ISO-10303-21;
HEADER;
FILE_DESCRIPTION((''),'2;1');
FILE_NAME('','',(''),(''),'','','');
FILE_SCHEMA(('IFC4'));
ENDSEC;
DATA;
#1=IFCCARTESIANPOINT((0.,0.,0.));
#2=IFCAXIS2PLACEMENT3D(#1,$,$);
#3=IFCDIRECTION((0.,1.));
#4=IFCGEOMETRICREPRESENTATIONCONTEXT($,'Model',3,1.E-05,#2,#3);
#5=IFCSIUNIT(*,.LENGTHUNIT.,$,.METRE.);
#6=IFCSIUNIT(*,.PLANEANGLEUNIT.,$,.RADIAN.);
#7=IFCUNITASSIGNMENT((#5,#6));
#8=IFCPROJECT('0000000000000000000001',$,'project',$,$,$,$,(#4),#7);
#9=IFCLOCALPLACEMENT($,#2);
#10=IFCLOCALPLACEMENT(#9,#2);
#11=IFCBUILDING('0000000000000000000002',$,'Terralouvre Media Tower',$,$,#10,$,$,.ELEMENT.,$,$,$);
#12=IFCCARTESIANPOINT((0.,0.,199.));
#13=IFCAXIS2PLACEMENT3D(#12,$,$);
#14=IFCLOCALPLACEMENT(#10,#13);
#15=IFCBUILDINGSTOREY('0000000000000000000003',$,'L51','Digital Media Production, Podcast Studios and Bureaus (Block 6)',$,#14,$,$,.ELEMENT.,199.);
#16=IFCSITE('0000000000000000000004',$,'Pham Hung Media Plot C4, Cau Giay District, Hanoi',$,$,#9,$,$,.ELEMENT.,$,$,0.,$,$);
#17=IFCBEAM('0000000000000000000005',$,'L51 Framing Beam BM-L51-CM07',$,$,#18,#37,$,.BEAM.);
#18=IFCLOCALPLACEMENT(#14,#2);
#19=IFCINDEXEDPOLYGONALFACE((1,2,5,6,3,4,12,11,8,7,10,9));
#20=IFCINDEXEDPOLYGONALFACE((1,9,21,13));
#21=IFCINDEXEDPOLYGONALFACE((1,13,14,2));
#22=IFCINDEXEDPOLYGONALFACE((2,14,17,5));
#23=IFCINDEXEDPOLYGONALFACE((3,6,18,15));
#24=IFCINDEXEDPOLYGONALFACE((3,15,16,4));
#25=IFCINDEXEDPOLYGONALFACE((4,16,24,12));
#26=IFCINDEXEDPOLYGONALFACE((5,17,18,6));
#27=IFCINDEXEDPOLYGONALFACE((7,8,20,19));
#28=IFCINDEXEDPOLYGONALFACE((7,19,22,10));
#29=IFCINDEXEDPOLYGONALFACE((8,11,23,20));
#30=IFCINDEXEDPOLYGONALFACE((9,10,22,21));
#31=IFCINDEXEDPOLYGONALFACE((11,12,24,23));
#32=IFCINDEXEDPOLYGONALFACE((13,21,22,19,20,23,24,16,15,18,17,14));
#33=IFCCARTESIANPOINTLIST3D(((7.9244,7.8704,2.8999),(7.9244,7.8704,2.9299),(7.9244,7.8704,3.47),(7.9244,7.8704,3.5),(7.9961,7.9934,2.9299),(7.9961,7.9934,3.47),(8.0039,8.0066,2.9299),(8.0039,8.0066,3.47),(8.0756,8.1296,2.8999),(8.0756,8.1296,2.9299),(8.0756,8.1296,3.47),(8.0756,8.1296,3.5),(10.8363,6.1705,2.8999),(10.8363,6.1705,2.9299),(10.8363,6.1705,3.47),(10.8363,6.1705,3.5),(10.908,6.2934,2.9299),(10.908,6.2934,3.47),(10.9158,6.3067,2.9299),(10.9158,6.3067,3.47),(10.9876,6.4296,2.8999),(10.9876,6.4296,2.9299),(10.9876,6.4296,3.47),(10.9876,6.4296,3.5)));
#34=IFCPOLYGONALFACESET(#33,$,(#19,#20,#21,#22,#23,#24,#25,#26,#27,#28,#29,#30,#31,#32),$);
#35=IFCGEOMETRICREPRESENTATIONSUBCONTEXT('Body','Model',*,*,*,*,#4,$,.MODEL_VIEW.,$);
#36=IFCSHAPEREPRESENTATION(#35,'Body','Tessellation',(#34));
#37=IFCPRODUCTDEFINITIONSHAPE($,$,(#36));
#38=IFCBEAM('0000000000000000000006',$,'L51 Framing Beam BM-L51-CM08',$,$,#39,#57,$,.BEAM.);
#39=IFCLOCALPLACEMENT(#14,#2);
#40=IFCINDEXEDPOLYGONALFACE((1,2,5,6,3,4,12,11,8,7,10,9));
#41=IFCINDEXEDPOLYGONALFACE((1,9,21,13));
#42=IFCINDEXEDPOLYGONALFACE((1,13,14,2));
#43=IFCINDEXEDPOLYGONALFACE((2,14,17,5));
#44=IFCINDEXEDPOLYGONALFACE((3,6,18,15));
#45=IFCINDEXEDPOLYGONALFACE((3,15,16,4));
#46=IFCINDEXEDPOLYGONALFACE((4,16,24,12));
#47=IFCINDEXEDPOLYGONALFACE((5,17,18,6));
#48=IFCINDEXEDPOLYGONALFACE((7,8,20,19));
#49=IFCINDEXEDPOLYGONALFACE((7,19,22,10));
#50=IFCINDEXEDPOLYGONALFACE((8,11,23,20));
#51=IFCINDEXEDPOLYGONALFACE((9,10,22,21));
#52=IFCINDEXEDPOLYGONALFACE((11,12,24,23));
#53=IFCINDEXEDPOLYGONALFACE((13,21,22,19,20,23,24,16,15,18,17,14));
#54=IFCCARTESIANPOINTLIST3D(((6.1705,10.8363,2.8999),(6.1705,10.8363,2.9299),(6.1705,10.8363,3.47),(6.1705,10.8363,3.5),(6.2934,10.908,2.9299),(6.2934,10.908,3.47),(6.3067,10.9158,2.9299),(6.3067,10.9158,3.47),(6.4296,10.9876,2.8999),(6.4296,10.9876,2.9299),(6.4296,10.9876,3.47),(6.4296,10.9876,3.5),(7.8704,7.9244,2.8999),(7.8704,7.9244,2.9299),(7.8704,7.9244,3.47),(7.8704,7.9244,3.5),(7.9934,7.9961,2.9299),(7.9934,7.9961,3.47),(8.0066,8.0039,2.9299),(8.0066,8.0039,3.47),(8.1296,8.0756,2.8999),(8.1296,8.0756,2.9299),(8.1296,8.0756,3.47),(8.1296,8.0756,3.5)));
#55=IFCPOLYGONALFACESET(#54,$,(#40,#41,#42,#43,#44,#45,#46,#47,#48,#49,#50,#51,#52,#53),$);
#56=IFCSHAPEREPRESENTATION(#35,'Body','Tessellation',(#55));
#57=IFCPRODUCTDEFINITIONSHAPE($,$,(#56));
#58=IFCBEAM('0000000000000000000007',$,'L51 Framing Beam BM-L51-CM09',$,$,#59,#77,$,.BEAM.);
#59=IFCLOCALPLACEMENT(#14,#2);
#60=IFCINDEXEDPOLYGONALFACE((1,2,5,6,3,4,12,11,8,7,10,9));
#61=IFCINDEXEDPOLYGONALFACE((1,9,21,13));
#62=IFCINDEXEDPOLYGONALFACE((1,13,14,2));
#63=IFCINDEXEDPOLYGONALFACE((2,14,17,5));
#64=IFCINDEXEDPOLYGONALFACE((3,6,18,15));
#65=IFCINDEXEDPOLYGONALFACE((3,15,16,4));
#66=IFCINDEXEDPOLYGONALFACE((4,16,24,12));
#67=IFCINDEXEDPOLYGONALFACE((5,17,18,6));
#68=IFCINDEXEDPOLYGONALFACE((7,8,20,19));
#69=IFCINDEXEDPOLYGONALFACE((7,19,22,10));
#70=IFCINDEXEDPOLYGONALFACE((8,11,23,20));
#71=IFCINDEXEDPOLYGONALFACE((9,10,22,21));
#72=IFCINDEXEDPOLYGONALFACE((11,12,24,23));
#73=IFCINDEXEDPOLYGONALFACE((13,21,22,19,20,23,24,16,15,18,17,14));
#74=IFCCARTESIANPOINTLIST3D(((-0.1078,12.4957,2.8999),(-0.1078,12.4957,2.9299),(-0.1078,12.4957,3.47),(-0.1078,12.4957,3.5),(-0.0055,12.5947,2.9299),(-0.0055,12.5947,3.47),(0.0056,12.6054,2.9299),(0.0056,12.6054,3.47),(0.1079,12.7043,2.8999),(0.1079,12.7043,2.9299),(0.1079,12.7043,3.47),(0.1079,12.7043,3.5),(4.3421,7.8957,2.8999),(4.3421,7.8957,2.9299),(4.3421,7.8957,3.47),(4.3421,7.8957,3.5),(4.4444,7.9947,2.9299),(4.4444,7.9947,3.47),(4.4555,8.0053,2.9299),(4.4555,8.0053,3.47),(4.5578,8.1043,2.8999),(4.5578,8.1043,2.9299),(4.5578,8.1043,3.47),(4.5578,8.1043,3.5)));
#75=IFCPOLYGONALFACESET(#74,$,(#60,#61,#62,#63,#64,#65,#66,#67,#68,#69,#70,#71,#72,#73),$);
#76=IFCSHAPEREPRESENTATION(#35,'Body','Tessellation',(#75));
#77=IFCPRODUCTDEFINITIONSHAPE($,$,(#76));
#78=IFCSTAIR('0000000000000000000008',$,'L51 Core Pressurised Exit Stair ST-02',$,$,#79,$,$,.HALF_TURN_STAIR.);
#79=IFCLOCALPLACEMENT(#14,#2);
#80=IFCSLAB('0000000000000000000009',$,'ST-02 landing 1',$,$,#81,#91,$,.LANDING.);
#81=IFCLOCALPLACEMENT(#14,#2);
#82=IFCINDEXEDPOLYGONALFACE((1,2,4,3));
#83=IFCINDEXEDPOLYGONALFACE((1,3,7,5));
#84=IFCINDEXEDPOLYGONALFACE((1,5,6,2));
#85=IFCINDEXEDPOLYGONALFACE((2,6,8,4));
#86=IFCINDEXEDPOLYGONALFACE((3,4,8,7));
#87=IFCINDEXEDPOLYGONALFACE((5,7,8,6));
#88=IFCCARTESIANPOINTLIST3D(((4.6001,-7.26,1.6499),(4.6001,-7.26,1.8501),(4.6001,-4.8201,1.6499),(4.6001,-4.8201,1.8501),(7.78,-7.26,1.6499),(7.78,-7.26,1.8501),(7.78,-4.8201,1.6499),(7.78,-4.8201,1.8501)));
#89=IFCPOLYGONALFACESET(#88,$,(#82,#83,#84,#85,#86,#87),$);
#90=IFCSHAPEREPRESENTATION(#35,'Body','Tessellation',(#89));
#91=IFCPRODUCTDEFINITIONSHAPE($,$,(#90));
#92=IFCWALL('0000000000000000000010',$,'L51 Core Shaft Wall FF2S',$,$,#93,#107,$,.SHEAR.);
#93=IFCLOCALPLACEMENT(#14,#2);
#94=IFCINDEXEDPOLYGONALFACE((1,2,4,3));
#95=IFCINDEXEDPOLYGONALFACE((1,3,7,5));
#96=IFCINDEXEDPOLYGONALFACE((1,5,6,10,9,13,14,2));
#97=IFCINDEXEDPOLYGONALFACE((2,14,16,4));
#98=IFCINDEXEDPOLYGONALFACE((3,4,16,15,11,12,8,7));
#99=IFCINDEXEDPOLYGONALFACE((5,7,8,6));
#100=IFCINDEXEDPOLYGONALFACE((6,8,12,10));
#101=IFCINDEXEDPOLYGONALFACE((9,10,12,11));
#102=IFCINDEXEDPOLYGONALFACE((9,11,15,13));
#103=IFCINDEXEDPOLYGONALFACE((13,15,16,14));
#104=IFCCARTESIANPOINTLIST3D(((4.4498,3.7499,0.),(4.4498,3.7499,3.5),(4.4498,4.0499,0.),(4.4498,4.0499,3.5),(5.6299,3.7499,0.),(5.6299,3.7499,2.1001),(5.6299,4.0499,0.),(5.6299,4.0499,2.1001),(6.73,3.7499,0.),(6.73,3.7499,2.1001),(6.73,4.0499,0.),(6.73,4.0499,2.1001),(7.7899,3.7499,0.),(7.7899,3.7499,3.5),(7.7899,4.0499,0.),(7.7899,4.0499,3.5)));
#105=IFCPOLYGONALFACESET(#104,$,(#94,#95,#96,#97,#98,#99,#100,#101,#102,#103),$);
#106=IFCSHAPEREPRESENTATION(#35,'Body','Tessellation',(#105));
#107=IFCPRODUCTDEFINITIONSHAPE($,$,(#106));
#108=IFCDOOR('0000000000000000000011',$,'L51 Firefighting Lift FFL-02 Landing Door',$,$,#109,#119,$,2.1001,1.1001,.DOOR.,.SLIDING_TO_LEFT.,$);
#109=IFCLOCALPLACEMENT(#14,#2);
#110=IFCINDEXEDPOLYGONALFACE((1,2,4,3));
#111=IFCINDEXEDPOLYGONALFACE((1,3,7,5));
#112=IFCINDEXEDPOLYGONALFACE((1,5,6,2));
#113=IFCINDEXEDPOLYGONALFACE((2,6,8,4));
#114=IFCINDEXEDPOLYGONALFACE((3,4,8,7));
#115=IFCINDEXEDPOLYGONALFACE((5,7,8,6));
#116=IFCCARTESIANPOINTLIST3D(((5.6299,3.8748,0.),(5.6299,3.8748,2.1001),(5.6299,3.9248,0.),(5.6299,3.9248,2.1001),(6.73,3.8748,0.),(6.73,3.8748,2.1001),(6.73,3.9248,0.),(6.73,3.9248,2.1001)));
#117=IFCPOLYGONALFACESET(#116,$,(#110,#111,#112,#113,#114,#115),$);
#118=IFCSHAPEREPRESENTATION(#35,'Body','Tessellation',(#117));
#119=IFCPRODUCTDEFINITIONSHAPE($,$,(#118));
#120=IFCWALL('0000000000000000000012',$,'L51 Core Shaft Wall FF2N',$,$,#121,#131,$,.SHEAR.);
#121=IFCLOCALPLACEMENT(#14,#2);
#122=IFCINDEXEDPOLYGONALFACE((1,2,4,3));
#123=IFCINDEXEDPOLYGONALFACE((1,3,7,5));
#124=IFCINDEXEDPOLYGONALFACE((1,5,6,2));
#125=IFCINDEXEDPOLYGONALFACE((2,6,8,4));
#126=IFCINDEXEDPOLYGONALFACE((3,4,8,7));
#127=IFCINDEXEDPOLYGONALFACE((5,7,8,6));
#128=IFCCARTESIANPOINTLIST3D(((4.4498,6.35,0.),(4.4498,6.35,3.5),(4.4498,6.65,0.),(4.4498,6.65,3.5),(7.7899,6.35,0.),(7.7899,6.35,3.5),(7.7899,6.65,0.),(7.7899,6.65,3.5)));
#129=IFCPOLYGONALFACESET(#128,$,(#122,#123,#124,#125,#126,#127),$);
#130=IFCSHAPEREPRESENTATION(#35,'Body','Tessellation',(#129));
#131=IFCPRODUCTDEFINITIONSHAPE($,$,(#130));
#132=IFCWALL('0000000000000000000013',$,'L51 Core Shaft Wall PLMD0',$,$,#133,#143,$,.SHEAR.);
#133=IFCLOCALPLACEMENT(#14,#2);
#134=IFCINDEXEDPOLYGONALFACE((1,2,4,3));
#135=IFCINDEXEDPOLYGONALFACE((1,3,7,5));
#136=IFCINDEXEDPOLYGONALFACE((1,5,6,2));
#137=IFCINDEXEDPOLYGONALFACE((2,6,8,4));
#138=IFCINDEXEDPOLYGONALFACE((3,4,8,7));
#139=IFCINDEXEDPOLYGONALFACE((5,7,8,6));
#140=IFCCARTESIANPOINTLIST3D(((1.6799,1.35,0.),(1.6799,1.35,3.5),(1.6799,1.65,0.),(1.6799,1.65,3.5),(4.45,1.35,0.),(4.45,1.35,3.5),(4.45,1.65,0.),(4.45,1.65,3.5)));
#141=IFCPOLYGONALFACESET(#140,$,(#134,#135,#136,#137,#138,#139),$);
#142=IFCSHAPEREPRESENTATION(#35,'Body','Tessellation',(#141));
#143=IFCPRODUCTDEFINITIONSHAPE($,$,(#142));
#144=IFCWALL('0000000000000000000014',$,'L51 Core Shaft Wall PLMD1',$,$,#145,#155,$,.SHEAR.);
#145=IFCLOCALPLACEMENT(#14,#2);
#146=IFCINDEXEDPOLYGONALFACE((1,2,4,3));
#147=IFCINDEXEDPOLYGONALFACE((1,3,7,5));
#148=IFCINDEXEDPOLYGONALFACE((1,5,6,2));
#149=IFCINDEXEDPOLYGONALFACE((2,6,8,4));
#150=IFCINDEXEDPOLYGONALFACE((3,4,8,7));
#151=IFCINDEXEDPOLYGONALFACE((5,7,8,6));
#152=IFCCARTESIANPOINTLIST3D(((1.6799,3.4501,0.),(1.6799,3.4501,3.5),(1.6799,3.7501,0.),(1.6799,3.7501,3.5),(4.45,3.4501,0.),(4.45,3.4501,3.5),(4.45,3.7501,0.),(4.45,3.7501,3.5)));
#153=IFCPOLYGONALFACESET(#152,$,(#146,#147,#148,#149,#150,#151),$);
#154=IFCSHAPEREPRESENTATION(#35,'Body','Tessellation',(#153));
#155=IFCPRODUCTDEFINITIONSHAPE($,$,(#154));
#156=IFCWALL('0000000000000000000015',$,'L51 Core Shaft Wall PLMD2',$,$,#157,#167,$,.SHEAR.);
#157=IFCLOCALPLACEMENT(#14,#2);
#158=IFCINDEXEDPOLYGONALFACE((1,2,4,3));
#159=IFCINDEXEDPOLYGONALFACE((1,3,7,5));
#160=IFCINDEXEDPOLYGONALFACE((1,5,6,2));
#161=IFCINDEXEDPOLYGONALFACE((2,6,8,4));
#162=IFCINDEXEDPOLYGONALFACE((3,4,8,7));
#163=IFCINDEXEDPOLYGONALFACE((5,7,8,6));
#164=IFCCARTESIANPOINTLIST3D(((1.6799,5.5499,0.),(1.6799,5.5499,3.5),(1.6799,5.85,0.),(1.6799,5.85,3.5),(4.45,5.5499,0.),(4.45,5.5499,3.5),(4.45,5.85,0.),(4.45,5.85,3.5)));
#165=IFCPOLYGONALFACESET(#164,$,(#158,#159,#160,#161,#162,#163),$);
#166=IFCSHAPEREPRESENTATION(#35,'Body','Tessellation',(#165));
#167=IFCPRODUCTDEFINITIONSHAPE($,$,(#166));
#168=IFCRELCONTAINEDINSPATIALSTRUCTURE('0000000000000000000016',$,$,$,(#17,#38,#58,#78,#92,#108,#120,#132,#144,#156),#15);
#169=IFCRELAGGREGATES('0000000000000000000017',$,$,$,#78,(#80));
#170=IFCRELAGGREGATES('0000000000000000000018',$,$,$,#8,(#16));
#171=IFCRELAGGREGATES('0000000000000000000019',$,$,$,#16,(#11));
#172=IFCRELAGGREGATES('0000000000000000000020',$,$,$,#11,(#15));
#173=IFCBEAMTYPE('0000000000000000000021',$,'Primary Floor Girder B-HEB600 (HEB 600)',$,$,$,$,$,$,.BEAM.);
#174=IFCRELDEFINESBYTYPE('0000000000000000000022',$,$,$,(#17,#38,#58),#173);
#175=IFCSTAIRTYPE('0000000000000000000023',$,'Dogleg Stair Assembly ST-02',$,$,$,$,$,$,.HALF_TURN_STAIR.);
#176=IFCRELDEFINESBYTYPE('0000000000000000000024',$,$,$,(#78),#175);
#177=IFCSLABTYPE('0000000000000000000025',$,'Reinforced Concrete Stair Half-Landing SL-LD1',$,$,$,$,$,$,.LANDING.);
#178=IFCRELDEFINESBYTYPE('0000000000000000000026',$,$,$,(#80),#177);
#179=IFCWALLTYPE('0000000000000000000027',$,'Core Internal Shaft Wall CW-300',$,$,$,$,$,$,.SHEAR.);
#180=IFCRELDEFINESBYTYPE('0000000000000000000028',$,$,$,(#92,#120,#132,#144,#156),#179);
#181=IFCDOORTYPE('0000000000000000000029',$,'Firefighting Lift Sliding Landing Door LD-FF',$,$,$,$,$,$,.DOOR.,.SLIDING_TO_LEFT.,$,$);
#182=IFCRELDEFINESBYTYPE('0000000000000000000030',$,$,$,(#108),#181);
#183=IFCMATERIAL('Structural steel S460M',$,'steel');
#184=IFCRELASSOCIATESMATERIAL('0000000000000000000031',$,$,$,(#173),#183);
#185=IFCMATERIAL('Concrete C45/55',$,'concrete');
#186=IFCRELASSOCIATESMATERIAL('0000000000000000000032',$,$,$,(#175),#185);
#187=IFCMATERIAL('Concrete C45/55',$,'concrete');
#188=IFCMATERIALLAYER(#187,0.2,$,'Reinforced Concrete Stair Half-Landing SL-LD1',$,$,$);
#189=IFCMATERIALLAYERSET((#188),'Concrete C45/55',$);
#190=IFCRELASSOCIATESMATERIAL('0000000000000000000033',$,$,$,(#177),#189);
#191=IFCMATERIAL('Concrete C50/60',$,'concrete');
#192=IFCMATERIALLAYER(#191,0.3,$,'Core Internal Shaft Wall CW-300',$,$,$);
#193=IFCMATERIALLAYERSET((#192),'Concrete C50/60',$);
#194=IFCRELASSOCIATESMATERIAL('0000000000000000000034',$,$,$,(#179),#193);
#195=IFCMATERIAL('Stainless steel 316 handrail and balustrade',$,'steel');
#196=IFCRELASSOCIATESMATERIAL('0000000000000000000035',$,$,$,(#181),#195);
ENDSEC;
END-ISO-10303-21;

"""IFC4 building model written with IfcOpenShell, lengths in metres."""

from ifc_helpers import new_model, si_unit, direction, frame, frame_2d, origin, origin_2d, place, context, subcontext, project, spatial, polyline, rectangle, i_section, outline, extrude, material, layer, layer_set, material_profile, profile_set, type_object, element, fill, aggregate, save


model = new_model("IFC4")

# Units and contexts
model_context = context("Model", 3, precision=1e-05, world=origin(), true_north=direction((0.0, 1.0)))
body_context = subcontext(model_context, "Body", "Model", "MODEL_VIEW")
ifc_project = project(units=[si_unit("LENGTHUNIT", "METRE"), si_unit("PLANEANGLEUNIT", "RADIAN")], contexts=[model_context])

# Site, building, storey
site_placement = place(None, origin())
site = spatial("IfcSite", under=ifc_project, at=site_placement, Name="Pham Hung Media Plot C4, Cau Giay District, Hanoi", CompositionType="ELEMENT", RefElevation=0.0)
building_placement = place(site_placement, origin())
building = spatial("IfcBuilding", under=site, at=building_placement, Name="Terralouvre Media Tower", CompositionType="ELEMENT")
storey_placement = place(building_placement, frame((0.0, 0.0, 199.0)))
storey = spatial("IfcBuildingStorey", under=building, at=storey_placement, Name="L51", Description="Digital Media Production, Podcast Studios and Bureaus (Block 6)", CompositionType="ELEMENT", Elevation=199.0)

# Beams
ifc_material_1 = material(Name="Structural steel S460M", Category="steel")
ifc_material_profile_1 = material_profile(ifc_material_1, i_section(OverallWidth=0.3, OverallDepth=0.6001, WebThickness=0.0154, FlangeThickness=0.03, at=origin_2d()), Name="HEB 600")
ifc_profile_set_1 = profile_set([ifc_material_profile_1], Name="Structural steel S460M")
beam_type_1 = type_object("IfcBeamType", Name="Primary Floor Girder B-HEB600 (HEB 600)", PredefinedType="BEAM", material=ifc_profile_set_1)
for number, where, z_axis, x_axis, name in (
    (1, (8.0, 8.0, 3.2), (0.863603, -0.504173, 0.0), (0.504173, 0.863603, 0.0), "L51 Framing Beam BM-L51-CM07"),
    (2, (8.0, 8.0, 3.2), (-0.504173, 0.863603, 0.0), (-0.863603, -0.504173, 0.0), "L51 Framing Beam BM-L51-CM08"),
):
    element("IfcBeam", number, at=place(storey_placement, frame(where, z_axis=z_axis, x_axis=x_axis)), inside=storey, type_object=beam_type_1, Name=name, PredefinedType="BEAM", context=body_context, shape_type="SweptSolid", body=[
        extrude(i_section(OverallWidth=0.3, OverallDepth=0.6001, WebThickness=0.0154, FlangeThickness=0.03, at=origin_2d()), origin(), (0.0, 0.0, 1.0), 3.3718),
    ])
beam_1_placement = place(storey_placement, frame((4.45, 8.0, 3.2), z_axis=(-0.69528, 0.718739, 0.0), x_axis=(-0.718739, -0.69528, 0.0)))
element("IfcBeam", 3, at=beam_1_placement, inside=storey, type_object=beam_type_1, Name="L51 Framing Beam BM-L51-CM09", PredefinedType="BEAM", context=body_context, shape_type="SweptSolid", body=[
    extrude(i_section(OverallWidth=0.3, OverallDepth=0.6001, WebThickness=0.0154, FlangeThickness=0.03, at=origin_2d()), origin(), (0.0, 0.0, 1.0), 6.4001),
])

# Stair, slab
ifc_material_2 = material(Name="Concrete C45/55", Category="concrete")
stair_type = type_object("IfcStairType", Name="Dogleg Stair Assembly ST-02", PredefinedType="HALF_TURN_STAIR", material=ifc_material_2)
stair_placement = place(storey_placement, origin())
stair = element("IfcStair", 4, at=stair_placement, inside=storey, type_object=stair_type, Name="L51 Core Pressurised Exit Stair ST-02", PredefinedType="HALF_TURN_STAIR")
ifc_material_3 = material(Name="Concrete C45/55", Category="concrete")
ifc_layer_1 = layer(ifc_material_3, 0.2, Name="Reinforced Concrete Stair Half-Landing SL-LD1")
ifc_layer_set_1 = layer_set([ifc_layer_1], Name="Concrete C45/55")
slab_type = type_object("IfcSlabType", Name="Reinforced Concrete Stair Half-Landing SL-LD1", PredefinedType="LANDING", material=ifc_layer_set_1)
slab_placement = place(storey_placement, frame((0.0, 0.0, 1.6499)))
slab = element("IfcSlab", 5, at=slab_placement, type_object=slab_type, Name="ST-02 landing 1", PredefinedType="LANDING", context=body_context, shape_type="SweptSolid", body=[
    extrude(outline(polyline([(4.6001, -4.8201), (4.6001, -7.26), (7.78, -7.26), (7.78, -4.8201), (4.6001, -4.8201)])), origin(), (0.0, 0.0, 1.0), 0.2002),
])
aggregate(stair, [slab])

# Wall, opening, door
ifc_material_4 = material(Name="Concrete C50/60", Category="concrete")
ifc_layer_2 = layer(ifc_material_4, 0.3, Name="Core Internal Shaft Wall CW-300")
ifc_layer_set_2 = layer_set([ifc_layer_2], Name="Concrete C50/60")
wall_type_1 = type_object("IfcWallType", Name="Core Internal Shaft Wall CW-300", PredefinedType="SHEAR", material=ifc_layer_set_2)
wall_1_placement = place(storey_placement, frame((4.45, 3.8999, 0.0), z_axis=(0.0, 0.0, 1.0), x_axis=(1.0, 0.0, 0.0)))
wall_1 = element("IfcWall", 6, at=wall_1_placement, inside=storey, type_object=wall_type_1, Name="L51 Core Shaft Wall FF2S", PredefinedType="SHEAR", context=body_context, shape_type="SweptSolid", body=[
    extrude(rectangle(XDim=3.3401, YDim=0.3, at=frame_2d((1.6699, 0.0))), origin(), (0.0, 0.0, 1.0), 3.5),
])
opening_1_placement = place(wall_1_placement, frame((1.1799, 0.0, 0.0)))
opening_1 = element("IfcOpeningElement", 7, at=opening_1_placement, cuts=wall_1, PredefinedType="OPENING", context=body_context, shape_type="SweptSolid", body=[
    extrude(rectangle(XDim=1.1001, YDim=2.1001, at=frame_2d((0.55, 1.05))), frame((0.0, 0.1599, 0.0), z_axis=(0.0, -1.0, 0.0), x_axis=(1.0, 0.0, 0.0)), (0.0, 0.0, 1.0), 0.3201),
])
ifc_material_5 = material(Name="Stainless steel 316 handrail and balustrade", Category="steel")
door_type_1 = type_object("IfcDoorType", Name="Firefighting Lift Sliding Landing Door LD-FF", OperationType="SLIDING_TO_LEFT", PredefinedType="DOOR", material=ifc_material_5)
door_1_placement = place(opening_1_placement, origin())
door_1 = element("IfcDoor", 8, at=door_1_placement, inside=storey, type_object=door_type_1, Name="L51 Firefighting Lift FFL-02 Landing Door", OperationType="SLIDING_TO_LEFT", OverallHeight=2.1001, OverallWidth=1.1001, PredefinedType="DOOR", context=body_context, shape_type="SweptSolid", body=[
    extrude(rectangle(XDim=1.1001, YDim=2.1001, at=frame_2d((0.55, 1.05))), frame((0.0, 0.0249, 0.0), z_axis=(0.0, -1.0, 0.0), x_axis=(1.0, 0.0, 0.0)), (0.0, 0.0, 1.0), 0.05),
])
fill(opening_1, door_1)

# Walls
wall_2_placement = place(storey_placement, frame((4.45, 6.5, 0.0), z_axis=(0.0, 0.0, 1.0), x_axis=(1.0, 0.0, 0.0)))
element("IfcWall", 9, at=wall_2_placement, inside=storey, type_object=wall_type_1, Name="L51 Core Shaft Wall FF2N", PredefinedType="SHEAR", context=body_context, shape_type="SweptSolid", body=[
    extrude(rectangle(XDim=3.3401, YDim=0.3, at=frame_2d((1.6699, 0.0))), origin(), (0.0, 0.0, 1.0), 3.5),
])
for number, where, z_axis, x_axis, name in (
    (10, (1.6799, 1.5, 0.0), (0.0, 0.0, 1.0), (1.0, 0.0, 0.0), "L51 Core Shaft Wall PLMD0"),
    (11, (1.6799, 3.6001, 0.0), (0.0, 0.0, 1.0), (1.0, 0.0, 0.0), "L51 Core Shaft Wall PLMD1"),
    (12, (1.6799, 5.7, 0.0), (0.0, 0.0, 1.0), (1.0, 0.0, 0.0), "L51 Core Shaft Wall PLMD2"),
):
    element("IfcWall", number, at=place(storey_placement, frame(where, z_axis=z_axis, x_axis=x_axis)), inside=storey, type_object=wall_type_1, Name=name, PredefinedType="SHEAR", context=body_context, shape_type="SweptSolid", body=[
        extrude(rectangle(XDim=2.77, YDim=0.3, at=frame_2d((1.385, 0.0))), origin(), (0.0, 0.0, 1.0), 3.5),
    ])

save(model, "model.ifc")
